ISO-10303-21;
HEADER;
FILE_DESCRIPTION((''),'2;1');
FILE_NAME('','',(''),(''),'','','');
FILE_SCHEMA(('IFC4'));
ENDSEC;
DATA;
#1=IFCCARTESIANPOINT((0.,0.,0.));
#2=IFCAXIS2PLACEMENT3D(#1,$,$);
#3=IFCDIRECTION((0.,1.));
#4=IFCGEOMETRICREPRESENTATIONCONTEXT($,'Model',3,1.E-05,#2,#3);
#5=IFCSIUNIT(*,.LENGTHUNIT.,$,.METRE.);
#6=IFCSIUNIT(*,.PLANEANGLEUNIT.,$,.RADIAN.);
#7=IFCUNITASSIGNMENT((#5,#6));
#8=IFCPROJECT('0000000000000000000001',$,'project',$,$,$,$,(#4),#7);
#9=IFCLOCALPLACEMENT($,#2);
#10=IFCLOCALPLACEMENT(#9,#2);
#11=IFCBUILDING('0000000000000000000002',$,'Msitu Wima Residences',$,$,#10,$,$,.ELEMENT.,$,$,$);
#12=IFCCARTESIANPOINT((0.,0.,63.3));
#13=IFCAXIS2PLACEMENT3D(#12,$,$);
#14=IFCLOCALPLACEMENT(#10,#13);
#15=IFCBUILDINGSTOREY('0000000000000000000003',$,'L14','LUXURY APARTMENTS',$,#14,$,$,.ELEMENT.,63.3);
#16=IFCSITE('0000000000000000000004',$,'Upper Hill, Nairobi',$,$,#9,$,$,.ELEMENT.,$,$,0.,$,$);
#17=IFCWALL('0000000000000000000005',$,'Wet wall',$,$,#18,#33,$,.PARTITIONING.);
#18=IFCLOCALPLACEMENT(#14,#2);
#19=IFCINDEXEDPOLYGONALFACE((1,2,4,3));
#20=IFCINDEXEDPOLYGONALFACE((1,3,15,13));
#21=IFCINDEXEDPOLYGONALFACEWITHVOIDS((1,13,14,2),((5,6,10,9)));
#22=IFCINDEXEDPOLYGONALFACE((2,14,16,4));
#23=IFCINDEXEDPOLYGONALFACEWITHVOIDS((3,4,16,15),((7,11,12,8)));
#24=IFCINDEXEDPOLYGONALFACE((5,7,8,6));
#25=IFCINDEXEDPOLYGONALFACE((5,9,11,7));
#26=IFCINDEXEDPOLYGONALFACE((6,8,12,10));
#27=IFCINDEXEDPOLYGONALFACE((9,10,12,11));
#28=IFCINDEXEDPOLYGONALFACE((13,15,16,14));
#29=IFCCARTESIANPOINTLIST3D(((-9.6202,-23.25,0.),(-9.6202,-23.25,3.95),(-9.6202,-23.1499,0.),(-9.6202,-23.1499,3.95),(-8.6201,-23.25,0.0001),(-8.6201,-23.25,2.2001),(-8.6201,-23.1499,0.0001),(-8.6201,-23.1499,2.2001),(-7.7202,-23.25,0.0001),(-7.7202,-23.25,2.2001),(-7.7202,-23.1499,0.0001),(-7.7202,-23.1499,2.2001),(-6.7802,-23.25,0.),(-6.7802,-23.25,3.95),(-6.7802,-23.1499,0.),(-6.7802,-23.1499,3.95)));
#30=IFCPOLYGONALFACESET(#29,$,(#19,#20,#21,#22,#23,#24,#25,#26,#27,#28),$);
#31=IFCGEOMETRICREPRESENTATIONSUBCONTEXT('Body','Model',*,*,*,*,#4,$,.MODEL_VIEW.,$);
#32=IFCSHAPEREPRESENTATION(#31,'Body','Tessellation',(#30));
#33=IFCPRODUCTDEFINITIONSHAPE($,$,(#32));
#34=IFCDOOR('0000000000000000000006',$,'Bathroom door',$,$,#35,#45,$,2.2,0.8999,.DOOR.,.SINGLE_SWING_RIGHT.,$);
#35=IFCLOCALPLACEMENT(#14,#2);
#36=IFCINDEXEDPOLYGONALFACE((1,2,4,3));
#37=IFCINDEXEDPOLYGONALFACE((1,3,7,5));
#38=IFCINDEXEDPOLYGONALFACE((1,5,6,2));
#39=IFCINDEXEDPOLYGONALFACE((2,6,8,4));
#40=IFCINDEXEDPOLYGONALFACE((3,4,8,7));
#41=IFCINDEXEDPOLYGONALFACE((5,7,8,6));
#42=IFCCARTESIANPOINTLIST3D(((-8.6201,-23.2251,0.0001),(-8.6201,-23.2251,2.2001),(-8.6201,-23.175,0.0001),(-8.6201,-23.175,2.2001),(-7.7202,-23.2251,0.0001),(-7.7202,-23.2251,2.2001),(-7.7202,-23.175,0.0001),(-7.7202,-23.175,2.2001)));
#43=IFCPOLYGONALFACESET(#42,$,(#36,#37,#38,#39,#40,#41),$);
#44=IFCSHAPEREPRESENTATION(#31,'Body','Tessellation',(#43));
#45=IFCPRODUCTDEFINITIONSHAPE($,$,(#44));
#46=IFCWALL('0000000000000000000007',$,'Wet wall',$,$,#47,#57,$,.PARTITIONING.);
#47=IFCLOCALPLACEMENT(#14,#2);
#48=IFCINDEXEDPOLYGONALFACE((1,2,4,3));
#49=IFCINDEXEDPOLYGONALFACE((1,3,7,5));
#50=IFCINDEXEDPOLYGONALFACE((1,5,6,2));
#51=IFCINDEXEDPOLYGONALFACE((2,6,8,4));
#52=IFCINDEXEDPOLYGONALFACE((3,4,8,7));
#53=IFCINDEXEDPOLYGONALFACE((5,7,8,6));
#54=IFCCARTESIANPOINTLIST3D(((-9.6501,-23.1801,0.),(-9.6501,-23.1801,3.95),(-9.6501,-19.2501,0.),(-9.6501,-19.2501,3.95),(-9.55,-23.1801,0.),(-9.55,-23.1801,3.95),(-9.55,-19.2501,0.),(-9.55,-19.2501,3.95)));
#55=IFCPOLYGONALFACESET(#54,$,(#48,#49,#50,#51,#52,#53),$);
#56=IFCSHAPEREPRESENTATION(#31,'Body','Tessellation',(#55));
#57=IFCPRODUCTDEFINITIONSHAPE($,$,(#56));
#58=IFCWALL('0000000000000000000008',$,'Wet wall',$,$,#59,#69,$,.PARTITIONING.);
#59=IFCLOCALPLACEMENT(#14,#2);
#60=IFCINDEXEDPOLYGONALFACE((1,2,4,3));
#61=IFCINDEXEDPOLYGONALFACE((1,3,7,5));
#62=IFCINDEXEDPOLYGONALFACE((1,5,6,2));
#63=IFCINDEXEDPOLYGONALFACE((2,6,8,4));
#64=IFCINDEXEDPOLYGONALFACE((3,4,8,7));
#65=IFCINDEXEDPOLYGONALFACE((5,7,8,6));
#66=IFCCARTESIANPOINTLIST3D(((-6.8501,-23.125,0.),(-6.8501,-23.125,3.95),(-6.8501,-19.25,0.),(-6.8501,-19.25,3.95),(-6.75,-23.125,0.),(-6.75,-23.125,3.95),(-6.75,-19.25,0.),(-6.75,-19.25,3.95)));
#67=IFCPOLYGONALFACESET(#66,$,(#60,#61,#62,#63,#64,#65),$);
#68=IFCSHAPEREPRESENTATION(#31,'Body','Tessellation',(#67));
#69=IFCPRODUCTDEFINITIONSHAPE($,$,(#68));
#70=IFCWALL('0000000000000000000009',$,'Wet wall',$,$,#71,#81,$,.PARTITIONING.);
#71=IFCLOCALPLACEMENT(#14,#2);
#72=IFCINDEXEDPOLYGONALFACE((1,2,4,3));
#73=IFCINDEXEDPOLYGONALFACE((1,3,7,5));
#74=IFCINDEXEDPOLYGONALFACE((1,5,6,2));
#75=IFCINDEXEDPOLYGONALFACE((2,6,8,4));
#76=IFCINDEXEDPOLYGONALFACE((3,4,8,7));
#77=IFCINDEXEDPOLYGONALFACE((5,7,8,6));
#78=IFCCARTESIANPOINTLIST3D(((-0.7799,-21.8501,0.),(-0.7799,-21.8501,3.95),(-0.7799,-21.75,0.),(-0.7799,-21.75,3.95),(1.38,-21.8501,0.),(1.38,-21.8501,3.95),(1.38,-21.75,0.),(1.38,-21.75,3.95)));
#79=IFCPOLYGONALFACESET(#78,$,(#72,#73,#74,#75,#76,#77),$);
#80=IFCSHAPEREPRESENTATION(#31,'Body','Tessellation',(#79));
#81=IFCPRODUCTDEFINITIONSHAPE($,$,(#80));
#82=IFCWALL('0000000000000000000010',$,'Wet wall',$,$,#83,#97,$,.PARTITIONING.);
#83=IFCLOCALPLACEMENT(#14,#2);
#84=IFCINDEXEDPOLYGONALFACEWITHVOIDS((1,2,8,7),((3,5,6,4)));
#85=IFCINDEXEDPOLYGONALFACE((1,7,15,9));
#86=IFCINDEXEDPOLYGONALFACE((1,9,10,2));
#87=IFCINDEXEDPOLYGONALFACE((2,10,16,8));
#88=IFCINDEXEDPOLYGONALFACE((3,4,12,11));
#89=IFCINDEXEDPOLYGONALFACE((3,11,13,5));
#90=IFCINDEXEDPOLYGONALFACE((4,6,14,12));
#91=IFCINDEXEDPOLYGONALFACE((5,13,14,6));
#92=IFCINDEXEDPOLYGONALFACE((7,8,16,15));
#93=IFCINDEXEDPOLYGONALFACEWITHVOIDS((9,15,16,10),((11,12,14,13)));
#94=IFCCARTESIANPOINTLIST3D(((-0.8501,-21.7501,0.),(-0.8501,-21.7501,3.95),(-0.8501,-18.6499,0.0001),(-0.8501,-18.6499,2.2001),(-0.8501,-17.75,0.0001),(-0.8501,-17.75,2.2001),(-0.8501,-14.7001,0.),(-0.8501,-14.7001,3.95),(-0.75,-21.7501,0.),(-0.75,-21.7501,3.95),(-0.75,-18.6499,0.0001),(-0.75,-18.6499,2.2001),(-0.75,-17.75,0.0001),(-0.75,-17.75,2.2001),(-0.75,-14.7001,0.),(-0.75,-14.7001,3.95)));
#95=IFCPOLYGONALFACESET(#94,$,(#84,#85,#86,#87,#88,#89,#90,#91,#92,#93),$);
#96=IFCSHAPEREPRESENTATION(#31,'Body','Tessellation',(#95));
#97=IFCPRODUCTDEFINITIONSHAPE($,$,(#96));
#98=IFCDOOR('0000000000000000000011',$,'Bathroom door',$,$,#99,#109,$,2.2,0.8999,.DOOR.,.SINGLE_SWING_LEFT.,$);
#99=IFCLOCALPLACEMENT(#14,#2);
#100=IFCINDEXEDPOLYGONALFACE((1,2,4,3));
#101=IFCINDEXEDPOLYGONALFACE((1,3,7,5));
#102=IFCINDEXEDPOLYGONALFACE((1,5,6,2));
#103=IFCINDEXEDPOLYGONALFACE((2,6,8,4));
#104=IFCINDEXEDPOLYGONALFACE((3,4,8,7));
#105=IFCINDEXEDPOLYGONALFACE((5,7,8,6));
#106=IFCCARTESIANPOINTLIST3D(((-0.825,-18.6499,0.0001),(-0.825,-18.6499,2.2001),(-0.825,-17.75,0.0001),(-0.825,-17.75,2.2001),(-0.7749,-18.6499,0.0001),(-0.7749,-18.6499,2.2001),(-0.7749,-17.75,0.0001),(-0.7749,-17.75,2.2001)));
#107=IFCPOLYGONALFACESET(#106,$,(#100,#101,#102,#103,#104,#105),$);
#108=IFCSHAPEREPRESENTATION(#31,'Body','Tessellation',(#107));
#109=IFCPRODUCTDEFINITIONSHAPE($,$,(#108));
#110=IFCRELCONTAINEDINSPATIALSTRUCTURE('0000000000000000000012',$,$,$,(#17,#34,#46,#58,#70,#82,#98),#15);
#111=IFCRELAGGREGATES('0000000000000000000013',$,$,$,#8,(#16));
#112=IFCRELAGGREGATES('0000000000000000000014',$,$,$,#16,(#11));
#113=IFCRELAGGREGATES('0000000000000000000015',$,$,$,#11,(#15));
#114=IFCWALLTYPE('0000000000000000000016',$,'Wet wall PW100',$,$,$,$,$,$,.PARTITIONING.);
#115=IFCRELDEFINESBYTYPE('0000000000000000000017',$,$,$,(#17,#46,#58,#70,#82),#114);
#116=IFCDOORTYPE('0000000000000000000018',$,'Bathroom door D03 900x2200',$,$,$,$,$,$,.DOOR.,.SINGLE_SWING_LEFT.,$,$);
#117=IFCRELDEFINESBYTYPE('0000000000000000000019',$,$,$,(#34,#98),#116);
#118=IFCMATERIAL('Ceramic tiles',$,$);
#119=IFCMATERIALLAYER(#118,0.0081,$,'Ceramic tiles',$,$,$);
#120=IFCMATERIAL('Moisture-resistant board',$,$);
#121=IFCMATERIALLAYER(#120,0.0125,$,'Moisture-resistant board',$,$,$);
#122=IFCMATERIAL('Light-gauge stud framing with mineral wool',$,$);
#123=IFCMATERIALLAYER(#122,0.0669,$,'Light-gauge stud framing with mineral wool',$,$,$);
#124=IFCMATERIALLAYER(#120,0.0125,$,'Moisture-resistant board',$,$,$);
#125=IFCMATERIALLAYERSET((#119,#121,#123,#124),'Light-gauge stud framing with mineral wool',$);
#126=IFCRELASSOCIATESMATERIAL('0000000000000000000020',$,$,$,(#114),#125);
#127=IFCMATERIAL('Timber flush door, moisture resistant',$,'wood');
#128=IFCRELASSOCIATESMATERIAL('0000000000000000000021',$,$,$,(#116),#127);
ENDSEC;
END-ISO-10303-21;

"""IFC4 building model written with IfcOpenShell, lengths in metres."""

from ifc_helpers import new_model, si_unit, direction, frame, frame_2d, origin, place, context, subcontext, project, spatial, rectangle, extrude, material, layer, layer_set, type_object, element, fill, save


model = new_model("IFC4")

# Units and contexts
model_context = context("Model", 3, precision=1e-05, world=origin(), true_north=direction((0.0, 1.0)))
body_context = subcontext(model_context, "Body", "Model", "MODEL_VIEW")
ifc_project = project(units=[si_unit("LENGTHUNIT", "METRE"), si_unit("PLANEANGLEUNIT", "RADIAN")], contexts=[model_context])

# Site, building, storey
site_placement = place(None, origin())
site = spatial("IfcSite", under=ifc_project, at=site_placement, Name="Upper Hill, Nairobi", CompositionType="ELEMENT", RefElevation=0.0)
building_placement = place(site_placement, origin())
building = spatial("IfcBuilding", under=site, at=building_placement, Name="Msitu Wima Residences", CompositionType="ELEMENT")
storey_placement = place(building_placement, frame((0.0, 0.0, 63.3)))
storey = spatial("IfcBuildingStorey", under=building, at=storey_placement, Name="L14", Description="LUXURY APARTMENTS", CompositionType="ELEMENT", Elevation=63.3)

# Wall, opening, door
ifc_material_1 = material(Name="Ceramic tiles")
ifc_layer_1 = layer(ifc_material_1, 0.0081, Name="Ceramic tiles")
ifc_material_2 = material(Name="Moisture-resistant board")
ifc_layer_2 = layer(ifc_material_2, 0.0125, Name="Moisture-resistant board")
ifc_material_3 = material(Name="Light-gauge stud framing with mineral wool")
ifc_layer_3 = layer(ifc_material_3, 0.0669, Name="Light-gauge stud framing with mineral wool")
ifc_layer_4 = layer(ifc_material_2, 0.0125, Name="Moisture-resistant board")
ifc_layer_set_1 = layer_set([ifc_layer_1, ifc_layer_2, ifc_layer_3, ifc_layer_4], Name="Light-gauge stud framing with mineral wool")
wall_type_1 = type_object("IfcWallType", Name="Wet wall PW100", PredefinedType="PARTITIONING", material=ifc_layer_set_1)
wall_1_placement = place(storey_placement, frame((-9.6201, -23.2, 0.0), z_axis=(0.0, 0.0, 1.0), x_axis=(1.0, 0.0, 0.0)))
wall_1 = element("IfcWall", 1, at=wall_1_placement, inside=storey, type_object=wall_type_1, Name="Wet wall", PredefinedType="PARTITIONING", context=body_context, shape_type="SweptSolid", body=[
    extrude(rectangle(XDim=2.8401, YDim=0.1001, at=frame_2d((1.4199, 0.0))), origin(), (0.0, 0.0, 1.0), 3.95),
])
opening_1_placement = place(wall_1_placement, frame((1.0, 0.0, 0.0)))
opening_1 = element("IfcOpeningElement", 2, at=opening_1_placement, cuts=wall_1, PredefinedType="OPENING", context=body_context, shape_type="SweptSolid", body=[
    extrude(rectangle(XDim=0.8999, YDim=2.2, at=frame_2d((0.45, 1.1001))), frame((0.0, 0.0601, 0.0), z_axis=(0.0, -1.0, 0.0), x_axis=(1.0, 0.0, 0.0)), (0.0, 0.0, 1.0), 0.1201),
])
ifc_material_4 = material(Name="Timber flush door, moisture resistant", Category="wood")
door_type_1 = type_object("IfcDoorType", Name="Bathroom door D03 900x2200", OperationType="SINGLE_SWING_LEFT", PredefinedType="DOOR", material=ifc_material_4)
door_1_placement = place(opening_1_placement, origin())
door_1 = element("IfcDoor", 3, at=door_1_placement, inside=storey, type_object=door_type_1, Name="Bathroom door", OperationType="SINGLE_SWING_RIGHT", OverallHeight=2.2, OverallWidth=0.8999, PredefinedType="DOOR", context=body_context, shape_type="SweptSolid", body=[
    extrude(rectangle(XDim=0.8999, YDim=2.2, at=frame_2d((0.45, 1.1001))), frame((0.0, 0.0249, 0.0), z_axis=(0.0, -1.0, 0.0), x_axis=(1.0, 0.0, 0.0)), (0.0, 0.0, 1.0), 0.05),
])
fill(opening_1, door_1)

# Walls
wall_2_placement = place(storey_placement, frame((-9.6001, -23.1799, 0.0), z_axis=(0.0, 0.0, 1.0), x_axis=(0.0, 1.0, 0.0)))
element("IfcWall", 4, at=wall_2_placement, inside=storey, type_object=wall_type_1, Name="Wet wall", PredefinedType="PARTITIONING", context=body_context, shape_type="SweptSolid", body=[
    extrude(rectangle(XDim=3.9299, YDim=0.1001, at=frame_2d((1.9648, 0.0))), origin(), (0.0, 0.0, 1.0), 3.95),
])
wall_3_placement = place(storey_placement, frame((-6.8, -23.125, 0.0), z_axis=(0.0, 0.0, 1.0), x_axis=(0.0, 1.0, 0.0)))
element("IfcWall", 5, at=wall_3_placement, inside=storey, type_object=wall_type_1, Name="Wet wall", PredefinedType="PARTITIONING", context=body_context, shape_type="SweptSolid", body=[
    extrude(rectangle(XDim=3.875, YDim=0.1001, at=frame_2d((1.9375, 0.0))), origin(), (0.0, 0.0, 1.0), 3.95),
])
wall_4_placement = place(storey_placement, frame((-0.78, -21.8, 0.0), z_axis=(0.0, 0.0, 1.0), x_axis=(1.0, 0.0, 0.0)))
element("IfcWall", 6, at=wall_4_placement, inside=storey, type_object=wall_type_1, Name="Wet wall", PredefinedType="PARTITIONING", context=body_context, shape_type="SweptSolid", body=[
    extrude(rectangle(XDim=2.1599, YDim=0.1001, at=frame_2d((1.0801, 0.0))), origin(), (0.0, 0.0, 1.0), 3.95),
])

# Wall, opening, door
wall_5_placement = place(storey_placement, frame((-0.8, -21.75, 0.0), z_axis=(0.0, 0.0, 1.0), x_axis=(0.0, 1.0, 0.0)))
wall_5 = element("IfcWall", 7, at=wall_5_placement, inside=storey, type_object=wall_type_1, Name="Wet wall", PredefinedType="PARTITIONING", context=body_context, shape_type="SweptSolid", body=[
    extrude(rectangle(XDim=7.05, YDim=0.1001, at=frame_2d((3.5249, 0.0))), origin(), (0.0, 0.0, 1.0), 3.95),
])
opening_2_placement = place(wall_5_placement, frame((3.1001, 0.0, 0.0)))
opening_2 = element("IfcOpeningElement", 8, at=opening_2_placement, cuts=wall_5, PredefinedType="OPENING", context=body_context, shape_type="SweptSolid", body=[
    extrude(rectangle(XDim=0.8999, YDim=2.2, at=frame_2d((0.45, 1.1001))), frame((0.0, 0.0601, 0.0), z_axis=(0.0, -1.0, 0.0), x_axis=(1.0, 0.0, 0.0)), (0.0, 0.0, 1.0), 0.1201),
])
door_2_placement = place(opening_2_placement, origin())
door_2 = element("IfcDoor", 9, at=door_2_placement, inside=storey, type_object=door_type_1, Name="Bathroom door", OperationType="SINGLE_SWING_LEFT", OverallHeight=2.2, OverallWidth=0.8999, PredefinedType="DOOR", context=body_context, shape_type="SweptSolid", body=[
    extrude(rectangle(XDim=0.8999, YDim=2.2, at=frame_2d((0.45, 1.1001))), frame((0.0, 0.0249, 0.0), z_axis=(0.0, -1.0, 0.0), x_axis=(1.0, 0.0, 0.0)), (0.0, 0.0, 1.0), 0.05),
])
fill(opening_2, door_2)

save(model, "model.ifc")
